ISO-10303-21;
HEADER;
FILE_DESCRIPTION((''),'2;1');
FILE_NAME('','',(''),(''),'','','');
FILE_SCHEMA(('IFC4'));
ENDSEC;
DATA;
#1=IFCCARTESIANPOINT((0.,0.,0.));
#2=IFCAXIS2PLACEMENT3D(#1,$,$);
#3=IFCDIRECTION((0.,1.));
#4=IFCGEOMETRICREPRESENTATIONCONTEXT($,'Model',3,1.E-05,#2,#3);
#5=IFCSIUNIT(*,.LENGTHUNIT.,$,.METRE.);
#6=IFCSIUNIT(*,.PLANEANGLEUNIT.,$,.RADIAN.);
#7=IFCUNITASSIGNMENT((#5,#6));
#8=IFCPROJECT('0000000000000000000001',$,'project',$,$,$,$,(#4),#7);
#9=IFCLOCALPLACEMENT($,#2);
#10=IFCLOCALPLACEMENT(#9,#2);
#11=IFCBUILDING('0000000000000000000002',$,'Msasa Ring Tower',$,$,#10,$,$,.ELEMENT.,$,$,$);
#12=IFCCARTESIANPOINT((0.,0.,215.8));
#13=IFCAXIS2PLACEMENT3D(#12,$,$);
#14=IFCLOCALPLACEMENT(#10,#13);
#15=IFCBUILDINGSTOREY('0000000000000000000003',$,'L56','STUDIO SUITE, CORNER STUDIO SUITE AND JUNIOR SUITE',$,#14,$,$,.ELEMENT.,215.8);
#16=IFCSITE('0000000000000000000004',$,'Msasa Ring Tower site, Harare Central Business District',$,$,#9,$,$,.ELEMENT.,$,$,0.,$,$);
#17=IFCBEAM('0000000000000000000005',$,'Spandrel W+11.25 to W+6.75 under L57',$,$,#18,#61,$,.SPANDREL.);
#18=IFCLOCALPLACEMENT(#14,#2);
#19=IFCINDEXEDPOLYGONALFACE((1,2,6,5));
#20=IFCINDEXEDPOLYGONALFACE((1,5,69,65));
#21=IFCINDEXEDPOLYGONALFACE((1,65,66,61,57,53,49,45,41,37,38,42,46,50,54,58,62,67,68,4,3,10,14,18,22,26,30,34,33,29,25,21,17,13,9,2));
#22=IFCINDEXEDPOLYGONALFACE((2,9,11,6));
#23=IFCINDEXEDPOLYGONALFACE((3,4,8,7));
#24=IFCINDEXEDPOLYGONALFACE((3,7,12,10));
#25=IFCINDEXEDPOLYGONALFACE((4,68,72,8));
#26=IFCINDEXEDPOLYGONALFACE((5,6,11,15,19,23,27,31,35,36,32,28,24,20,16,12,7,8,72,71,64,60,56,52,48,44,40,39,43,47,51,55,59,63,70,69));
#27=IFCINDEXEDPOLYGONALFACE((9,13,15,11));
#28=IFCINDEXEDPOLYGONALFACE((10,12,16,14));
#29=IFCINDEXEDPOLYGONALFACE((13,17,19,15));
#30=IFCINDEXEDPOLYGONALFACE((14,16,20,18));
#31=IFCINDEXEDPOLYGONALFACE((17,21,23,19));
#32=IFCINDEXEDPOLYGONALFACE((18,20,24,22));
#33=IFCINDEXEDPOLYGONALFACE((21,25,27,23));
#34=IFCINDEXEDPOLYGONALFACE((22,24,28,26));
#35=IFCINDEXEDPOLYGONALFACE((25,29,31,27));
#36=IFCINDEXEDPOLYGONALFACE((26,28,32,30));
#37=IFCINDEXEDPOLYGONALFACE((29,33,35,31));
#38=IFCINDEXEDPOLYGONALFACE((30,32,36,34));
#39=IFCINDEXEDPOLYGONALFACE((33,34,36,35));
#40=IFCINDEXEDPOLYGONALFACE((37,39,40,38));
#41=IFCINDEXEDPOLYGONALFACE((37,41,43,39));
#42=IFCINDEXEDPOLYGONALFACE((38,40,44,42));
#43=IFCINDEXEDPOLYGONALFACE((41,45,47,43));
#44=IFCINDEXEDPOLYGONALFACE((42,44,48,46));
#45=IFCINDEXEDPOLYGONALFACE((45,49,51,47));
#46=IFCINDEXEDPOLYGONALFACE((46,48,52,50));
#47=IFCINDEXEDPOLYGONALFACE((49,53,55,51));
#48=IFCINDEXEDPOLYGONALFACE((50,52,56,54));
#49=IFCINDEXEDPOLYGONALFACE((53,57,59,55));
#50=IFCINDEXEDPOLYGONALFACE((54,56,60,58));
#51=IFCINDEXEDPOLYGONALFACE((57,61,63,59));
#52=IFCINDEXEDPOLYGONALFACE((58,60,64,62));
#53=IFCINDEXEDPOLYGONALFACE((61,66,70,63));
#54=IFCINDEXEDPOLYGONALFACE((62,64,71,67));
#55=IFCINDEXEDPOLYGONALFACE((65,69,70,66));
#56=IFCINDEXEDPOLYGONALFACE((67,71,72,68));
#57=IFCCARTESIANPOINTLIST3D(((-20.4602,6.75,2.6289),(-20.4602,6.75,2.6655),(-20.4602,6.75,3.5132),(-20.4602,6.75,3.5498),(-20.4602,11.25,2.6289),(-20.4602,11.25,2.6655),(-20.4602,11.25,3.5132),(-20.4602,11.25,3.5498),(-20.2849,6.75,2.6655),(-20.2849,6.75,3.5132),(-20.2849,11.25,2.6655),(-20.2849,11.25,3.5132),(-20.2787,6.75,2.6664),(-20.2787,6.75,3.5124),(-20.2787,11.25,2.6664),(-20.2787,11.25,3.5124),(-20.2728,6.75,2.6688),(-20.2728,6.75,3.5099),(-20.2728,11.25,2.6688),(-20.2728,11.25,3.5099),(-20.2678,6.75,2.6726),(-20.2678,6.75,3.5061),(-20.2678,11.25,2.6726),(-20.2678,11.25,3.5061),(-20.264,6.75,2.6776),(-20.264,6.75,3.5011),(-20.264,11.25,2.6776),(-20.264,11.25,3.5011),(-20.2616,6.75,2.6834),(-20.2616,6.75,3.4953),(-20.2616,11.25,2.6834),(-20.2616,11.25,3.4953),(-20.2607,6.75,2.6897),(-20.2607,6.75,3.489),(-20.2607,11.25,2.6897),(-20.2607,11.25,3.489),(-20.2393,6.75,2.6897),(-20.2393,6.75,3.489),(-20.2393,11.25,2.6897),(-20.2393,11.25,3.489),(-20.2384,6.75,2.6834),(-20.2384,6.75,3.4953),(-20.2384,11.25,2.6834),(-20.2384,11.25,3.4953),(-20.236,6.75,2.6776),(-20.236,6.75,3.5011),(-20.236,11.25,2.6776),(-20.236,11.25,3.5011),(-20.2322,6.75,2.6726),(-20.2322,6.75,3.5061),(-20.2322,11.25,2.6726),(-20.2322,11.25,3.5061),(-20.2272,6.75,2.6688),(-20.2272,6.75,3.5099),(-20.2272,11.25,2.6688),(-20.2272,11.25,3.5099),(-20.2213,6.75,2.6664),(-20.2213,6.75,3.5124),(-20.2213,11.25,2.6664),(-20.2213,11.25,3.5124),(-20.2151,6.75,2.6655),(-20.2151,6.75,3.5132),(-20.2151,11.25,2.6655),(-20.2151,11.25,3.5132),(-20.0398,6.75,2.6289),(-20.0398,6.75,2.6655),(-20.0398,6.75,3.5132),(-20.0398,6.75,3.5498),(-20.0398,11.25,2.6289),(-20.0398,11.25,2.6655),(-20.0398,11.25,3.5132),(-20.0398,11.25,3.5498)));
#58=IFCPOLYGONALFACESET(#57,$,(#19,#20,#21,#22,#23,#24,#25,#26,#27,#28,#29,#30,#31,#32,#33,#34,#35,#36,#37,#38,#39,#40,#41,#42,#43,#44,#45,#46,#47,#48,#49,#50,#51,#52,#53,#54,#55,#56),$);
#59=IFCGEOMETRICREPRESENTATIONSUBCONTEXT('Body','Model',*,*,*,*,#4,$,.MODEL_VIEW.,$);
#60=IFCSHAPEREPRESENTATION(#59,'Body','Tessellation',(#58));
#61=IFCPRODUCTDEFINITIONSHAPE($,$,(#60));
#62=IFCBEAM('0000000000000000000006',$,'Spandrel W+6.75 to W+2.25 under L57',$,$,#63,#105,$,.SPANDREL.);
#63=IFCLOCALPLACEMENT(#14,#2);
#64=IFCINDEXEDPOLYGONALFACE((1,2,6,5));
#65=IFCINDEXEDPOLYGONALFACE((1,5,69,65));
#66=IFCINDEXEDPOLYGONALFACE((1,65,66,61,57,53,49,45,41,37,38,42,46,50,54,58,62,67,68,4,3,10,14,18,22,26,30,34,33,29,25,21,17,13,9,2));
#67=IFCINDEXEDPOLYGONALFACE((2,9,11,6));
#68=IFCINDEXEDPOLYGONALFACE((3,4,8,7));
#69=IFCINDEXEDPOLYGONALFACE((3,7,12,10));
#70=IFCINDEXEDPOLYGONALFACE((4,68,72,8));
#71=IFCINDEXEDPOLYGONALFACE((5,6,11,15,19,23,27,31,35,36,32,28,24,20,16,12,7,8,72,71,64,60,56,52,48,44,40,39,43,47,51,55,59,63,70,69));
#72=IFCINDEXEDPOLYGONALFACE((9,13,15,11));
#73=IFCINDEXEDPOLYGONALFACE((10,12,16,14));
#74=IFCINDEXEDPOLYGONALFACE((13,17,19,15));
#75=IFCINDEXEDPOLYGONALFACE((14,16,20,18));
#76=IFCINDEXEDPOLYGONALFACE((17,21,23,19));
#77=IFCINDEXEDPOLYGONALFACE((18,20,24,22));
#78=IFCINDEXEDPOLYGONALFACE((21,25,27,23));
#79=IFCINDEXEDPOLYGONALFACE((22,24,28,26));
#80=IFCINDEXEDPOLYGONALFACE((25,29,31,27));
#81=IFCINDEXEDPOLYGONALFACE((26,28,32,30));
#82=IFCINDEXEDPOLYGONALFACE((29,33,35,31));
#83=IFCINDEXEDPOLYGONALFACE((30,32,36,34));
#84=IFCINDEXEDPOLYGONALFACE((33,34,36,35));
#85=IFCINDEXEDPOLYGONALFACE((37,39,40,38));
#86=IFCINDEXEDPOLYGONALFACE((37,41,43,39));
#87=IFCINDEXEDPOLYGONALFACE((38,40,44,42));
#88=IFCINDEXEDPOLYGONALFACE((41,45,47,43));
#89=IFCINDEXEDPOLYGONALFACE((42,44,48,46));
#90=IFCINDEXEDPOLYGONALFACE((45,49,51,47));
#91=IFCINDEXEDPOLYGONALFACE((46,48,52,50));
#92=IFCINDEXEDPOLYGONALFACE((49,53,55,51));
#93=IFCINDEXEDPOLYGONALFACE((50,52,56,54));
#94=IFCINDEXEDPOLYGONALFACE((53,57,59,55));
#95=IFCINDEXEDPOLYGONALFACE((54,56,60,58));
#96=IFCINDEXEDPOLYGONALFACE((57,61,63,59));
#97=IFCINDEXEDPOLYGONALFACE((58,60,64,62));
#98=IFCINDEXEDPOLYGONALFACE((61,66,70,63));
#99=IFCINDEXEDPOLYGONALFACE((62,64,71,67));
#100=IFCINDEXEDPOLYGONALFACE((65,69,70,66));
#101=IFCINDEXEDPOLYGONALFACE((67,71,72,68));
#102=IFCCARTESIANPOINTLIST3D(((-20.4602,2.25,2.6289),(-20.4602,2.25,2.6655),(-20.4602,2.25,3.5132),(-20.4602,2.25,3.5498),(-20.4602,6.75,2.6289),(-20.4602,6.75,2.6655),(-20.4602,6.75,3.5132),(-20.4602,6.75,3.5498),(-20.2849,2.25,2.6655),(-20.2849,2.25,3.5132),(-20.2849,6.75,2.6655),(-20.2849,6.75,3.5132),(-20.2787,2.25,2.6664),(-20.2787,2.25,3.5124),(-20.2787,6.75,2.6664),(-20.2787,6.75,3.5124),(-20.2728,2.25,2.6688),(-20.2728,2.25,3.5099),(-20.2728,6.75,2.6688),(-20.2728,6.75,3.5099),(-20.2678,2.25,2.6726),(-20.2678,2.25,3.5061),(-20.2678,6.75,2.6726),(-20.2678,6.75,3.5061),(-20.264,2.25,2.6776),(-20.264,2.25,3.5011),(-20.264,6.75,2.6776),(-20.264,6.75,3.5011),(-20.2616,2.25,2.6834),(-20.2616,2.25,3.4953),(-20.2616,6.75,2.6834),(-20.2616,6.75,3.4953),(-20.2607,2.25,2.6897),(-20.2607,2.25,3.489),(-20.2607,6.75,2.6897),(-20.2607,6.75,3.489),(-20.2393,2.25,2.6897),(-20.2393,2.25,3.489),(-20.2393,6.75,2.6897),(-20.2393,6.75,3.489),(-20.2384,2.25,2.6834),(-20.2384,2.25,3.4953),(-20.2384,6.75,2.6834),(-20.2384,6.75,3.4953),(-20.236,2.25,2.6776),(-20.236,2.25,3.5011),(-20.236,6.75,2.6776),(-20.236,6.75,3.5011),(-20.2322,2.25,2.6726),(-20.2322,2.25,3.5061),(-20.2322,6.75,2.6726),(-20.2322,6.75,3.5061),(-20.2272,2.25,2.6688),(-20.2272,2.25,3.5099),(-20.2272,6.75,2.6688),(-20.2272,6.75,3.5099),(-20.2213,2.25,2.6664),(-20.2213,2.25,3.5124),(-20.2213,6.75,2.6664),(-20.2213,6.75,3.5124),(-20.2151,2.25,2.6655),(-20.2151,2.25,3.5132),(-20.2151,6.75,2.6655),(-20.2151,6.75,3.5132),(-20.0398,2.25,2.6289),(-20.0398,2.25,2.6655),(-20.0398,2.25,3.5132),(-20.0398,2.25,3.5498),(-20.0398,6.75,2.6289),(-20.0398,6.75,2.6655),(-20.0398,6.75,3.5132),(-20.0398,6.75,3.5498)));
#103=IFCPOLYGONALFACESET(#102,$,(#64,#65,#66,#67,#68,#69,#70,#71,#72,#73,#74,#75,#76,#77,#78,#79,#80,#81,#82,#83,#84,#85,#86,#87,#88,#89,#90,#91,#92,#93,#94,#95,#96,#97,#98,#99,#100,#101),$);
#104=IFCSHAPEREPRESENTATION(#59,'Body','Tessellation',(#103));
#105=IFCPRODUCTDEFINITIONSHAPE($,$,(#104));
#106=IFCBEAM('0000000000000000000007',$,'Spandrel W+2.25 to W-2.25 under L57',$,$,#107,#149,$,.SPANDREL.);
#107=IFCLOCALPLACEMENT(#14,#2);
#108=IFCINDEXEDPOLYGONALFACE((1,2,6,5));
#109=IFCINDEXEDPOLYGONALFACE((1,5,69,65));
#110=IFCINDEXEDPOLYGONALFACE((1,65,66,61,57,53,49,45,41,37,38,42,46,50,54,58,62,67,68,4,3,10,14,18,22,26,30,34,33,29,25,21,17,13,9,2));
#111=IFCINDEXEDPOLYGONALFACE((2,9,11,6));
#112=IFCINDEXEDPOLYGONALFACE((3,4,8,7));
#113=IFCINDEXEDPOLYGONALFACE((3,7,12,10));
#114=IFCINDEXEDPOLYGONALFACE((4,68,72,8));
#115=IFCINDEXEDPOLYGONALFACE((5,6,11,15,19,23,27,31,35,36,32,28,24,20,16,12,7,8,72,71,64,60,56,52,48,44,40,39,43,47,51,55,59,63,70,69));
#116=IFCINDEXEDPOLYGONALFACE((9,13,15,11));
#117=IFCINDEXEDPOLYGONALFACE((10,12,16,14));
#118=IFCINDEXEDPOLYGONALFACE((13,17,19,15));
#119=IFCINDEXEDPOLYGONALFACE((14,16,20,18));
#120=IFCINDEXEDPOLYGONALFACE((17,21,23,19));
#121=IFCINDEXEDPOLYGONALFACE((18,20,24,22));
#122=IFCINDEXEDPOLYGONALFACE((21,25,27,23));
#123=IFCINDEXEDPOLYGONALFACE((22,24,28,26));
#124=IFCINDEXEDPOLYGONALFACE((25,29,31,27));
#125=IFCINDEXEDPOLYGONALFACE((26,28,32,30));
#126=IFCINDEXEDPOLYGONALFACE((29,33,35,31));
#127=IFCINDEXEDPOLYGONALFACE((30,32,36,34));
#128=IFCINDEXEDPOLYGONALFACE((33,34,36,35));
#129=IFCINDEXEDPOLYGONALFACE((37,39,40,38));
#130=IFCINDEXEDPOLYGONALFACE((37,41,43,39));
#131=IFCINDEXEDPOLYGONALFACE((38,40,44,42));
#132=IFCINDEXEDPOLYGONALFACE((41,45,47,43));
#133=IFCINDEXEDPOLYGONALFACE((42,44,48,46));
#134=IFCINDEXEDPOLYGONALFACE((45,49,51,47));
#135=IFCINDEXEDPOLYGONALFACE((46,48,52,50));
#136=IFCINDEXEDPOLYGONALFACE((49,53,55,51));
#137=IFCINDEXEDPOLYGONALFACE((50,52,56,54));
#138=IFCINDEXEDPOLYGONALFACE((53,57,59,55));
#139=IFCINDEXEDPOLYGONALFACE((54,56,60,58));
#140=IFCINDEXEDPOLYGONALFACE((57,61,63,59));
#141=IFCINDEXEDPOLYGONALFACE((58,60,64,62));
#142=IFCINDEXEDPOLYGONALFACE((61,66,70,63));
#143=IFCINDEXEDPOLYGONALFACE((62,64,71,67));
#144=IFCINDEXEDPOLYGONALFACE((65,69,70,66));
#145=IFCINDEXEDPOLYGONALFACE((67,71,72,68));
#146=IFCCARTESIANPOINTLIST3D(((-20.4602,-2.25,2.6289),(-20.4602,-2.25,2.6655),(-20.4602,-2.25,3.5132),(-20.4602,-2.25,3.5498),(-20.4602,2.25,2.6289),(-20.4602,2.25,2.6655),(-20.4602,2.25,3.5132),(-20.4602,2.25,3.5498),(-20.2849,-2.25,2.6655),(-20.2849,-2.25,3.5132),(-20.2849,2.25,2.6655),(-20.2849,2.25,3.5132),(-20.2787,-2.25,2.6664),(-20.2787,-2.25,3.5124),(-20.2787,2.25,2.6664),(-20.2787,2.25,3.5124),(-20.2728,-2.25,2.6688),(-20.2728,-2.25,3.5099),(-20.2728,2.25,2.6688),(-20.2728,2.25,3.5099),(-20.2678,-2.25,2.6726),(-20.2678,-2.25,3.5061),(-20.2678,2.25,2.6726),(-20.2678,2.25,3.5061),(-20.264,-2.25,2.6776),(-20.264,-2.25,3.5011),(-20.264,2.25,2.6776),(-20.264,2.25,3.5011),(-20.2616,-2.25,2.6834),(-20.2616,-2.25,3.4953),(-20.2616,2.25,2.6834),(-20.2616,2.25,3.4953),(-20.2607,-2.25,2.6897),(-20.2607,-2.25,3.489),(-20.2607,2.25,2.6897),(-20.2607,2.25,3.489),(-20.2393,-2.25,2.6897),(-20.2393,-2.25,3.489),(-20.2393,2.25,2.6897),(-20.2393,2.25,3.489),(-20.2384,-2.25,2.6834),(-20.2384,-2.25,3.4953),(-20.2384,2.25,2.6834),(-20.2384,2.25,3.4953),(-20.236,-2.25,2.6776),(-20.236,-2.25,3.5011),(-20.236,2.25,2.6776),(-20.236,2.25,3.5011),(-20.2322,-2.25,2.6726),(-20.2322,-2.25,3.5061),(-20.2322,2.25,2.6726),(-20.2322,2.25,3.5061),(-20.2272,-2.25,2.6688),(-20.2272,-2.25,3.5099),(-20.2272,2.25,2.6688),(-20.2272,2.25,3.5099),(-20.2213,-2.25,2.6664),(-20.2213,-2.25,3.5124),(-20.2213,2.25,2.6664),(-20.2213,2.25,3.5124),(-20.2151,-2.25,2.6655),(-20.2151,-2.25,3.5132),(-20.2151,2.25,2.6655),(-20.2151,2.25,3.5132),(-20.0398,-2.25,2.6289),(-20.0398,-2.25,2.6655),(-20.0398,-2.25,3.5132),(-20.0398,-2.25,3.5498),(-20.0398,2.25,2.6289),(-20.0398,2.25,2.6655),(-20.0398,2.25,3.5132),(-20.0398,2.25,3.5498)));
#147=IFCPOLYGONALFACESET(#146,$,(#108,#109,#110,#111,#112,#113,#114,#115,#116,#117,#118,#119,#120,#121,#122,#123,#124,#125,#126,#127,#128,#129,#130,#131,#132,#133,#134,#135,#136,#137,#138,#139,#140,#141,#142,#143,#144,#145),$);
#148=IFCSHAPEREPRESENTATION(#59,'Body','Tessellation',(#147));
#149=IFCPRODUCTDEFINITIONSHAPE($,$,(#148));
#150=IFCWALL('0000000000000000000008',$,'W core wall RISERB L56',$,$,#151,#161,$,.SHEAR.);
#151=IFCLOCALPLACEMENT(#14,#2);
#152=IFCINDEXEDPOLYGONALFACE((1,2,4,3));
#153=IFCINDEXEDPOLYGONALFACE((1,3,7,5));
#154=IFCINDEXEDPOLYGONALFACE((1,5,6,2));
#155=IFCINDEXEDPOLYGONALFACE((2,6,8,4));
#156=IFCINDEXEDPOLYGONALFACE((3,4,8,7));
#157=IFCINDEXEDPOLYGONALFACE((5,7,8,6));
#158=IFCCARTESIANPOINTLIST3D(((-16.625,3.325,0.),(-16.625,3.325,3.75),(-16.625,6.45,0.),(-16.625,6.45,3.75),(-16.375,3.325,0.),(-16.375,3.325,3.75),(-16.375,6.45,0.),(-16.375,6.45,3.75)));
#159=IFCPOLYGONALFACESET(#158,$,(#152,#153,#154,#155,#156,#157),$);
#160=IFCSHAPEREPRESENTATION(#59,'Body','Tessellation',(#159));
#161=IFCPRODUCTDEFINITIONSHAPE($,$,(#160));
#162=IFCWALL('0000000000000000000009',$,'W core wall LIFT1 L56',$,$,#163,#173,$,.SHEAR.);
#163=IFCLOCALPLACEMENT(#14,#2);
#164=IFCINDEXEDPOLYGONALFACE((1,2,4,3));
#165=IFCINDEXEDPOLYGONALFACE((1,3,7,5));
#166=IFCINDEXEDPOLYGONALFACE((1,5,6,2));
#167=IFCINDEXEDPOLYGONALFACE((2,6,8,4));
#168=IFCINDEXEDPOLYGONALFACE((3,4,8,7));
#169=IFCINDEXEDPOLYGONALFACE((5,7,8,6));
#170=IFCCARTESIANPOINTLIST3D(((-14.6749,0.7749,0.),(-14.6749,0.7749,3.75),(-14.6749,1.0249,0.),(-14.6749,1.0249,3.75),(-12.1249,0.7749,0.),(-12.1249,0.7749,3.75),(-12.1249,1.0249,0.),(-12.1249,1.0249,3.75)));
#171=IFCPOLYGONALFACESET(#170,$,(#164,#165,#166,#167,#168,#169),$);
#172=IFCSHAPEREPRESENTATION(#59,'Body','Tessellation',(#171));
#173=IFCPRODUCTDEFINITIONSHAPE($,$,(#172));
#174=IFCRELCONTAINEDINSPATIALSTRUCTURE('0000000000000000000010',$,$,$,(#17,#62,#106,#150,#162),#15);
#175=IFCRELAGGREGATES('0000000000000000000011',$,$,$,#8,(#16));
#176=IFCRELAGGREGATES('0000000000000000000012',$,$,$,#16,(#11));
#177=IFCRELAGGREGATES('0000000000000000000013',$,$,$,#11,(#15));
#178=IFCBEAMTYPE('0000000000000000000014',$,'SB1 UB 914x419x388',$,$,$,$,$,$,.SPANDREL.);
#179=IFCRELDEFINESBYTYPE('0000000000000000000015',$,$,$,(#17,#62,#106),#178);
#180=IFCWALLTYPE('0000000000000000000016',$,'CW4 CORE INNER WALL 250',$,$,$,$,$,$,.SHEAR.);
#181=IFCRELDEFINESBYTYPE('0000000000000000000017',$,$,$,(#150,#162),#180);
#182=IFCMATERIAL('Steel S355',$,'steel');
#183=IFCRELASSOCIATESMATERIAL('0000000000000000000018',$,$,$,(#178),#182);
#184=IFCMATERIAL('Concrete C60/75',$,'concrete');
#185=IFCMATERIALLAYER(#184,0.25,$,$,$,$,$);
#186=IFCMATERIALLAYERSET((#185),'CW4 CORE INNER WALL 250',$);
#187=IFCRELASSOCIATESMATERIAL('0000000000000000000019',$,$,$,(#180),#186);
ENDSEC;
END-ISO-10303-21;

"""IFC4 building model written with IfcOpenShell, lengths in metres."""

from ifc_helpers import new_model, si_unit, direction, frame, frame_2d, origin, origin_2d, place, context, subcontext, project, spatial, rectangle, i_section, extrude, material, layer, layer_set, material_profile, profile_set, type_object, element, save


model = new_model("IFC4")

# Units and contexts
model_context = context("Model", 3, precision=1e-05, world=origin(), true_north=direction((0.0, 1.0)))
body_context = subcontext(model_context, "Body", "Model", "MODEL_VIEW")
ifc_project = project(units=[si_unit("LENGTHUNIT", "METRE"), si_unit("PLANEANGLEUNIT", "RADIAN")], contexts=[model_context])

# Site, building, storey
site_placement = place(None, origin())
site = spatial("IfcSite", under=ifc_project, at=site_placement, Name="Msasa Ring Tower site, Harare Central Business District", CompositionType="ELEMENT", RefElevation=0.0)
building_placement = place(site_placement, origin())
building = spatial("IfcBuilding", under=site, at=building_placement, Name="Msasa Ring Tower", CompositionType="ELEMENT")
storey_placement = place(building_placement, frame((0.0, 0.0, 215.8)))
storey = spatial("IfcBuildingStorey", under=building, at=storey_placement, Name="L56", Description="STUDIO SUITE, CORNER STUDIO SUITE AND JUNIOR SUITE", CompositionType="ELEMENT", Elevation=215.8)

# Beams
ifc_material_1 = material(Name="Steel S355", Category="steel")
ifc_material_profile_1 = material_profile(ifc_material_1, i_section(OverallWidth=0.4204, OverallDepth=0.9209, WebThickness=0.0215, FlangeThickness=0.0366, FilletRadius=0.0242, at=origin_2d()), Name="UB 914x419x388")
ifc_profile_set_1 = profile_set([ifc_material_profile_1], Name="Steel S355")
beam_type_1 = type_object("IfcBeamType", Name="SB1 UB 914x419x388", PredefinedType="SPANDREL", material=ifc_profile_set_1)
for number, where, z_axis, x_axis, name in (
    (1, (-20.25, 11.25, 3.0894), (0.0, -1.0, 0.0), (1.0, 0.0, 0.0), "Spandrel W+11.25 to W+6.75 under L57"),
    (2, (-20.25, 6.75, 3.0894), (0.0, -1.0, 0.0), (1.0, 0.0, 0.0), "Spandrel W+6.75 to W+2.25 under L57"),
    (3, (-20.25, 2.25, 3.0894), (0.0, -1.0, 0.0), (1.0, 0.0, 0.0), "Spandrel W+2.25 to W-2.25 under L57"),
):
    element("IfcBeam", number, at=place(storey_placement, frame(where, z_axis=z_axis, x_axis=x_axis)), inside=storey, type_object=beam_type_1, Name=name, PredefinedType="SPANDREL", context=body_context, shape_type="SweptSolid", body=[
        extrude(i_section(OverallWidth=0.4204, OverallDepth=0.9209, WebThickness=0.0215, FlangeThickness=0.0366, FilletRadius=0.0242, at=origin_2d()), origin(), (0.0, 0.0, 1.0), 4.5),
    ])

# Walls
ifc_material_2 = material(Name="Concrete C60/75", Category="concrete")
ifc_layer_1 = layer(ifc_material_2, 0.25)
ifc_layer_set_1 = layer_set([ifc_layer_1], Name="CW4 CORE INNER WALL 250")
wall_type_1 = type_object("IfcWallType", Name="CW4 CORE INNER WALL 250", PredefinedType="SHEAR", material=ifc_layer_set_1)
wall_1_placement = place(storey_placement, frame((-16.5, 3.325, 0.0), z_axis=(0.0, 0.0, 1.0), x_axis=(0.0, 1.0, 0.0)))
element("IfcWall", 4, at=wall_1_placement, inside=storey, type_object=wall_type_1, Name="W core wall RISERB L56", PredefinedType="SHEAR", context=body_context, shape_type="SweptSolid", body=[
    extrude(rectangle(XDim=3.125, YDim=0.25, at=frame_2d((1.5625, 0.0))), origin(), (0.0, 0.0, 1.0), 3.75),
])
wall_2_placement = place(storey_placement, frame((-12.125, 0.8999, 0.0), z_axis=(0.0, 0.0, 1.0), x_axis=(-1.0, 0.0, 0.0)))
element("IfcWall", 5, at=wall_2_placement, inside=storey, type_object=wall_type_1, Name="W core wall LIFT1 L56", PredefinedType="SHEAR", context=body_context, shape_type="SweptSolid", body=[
    extrude(rectangle(XDim=2.55, YDim=0.25, at=frame_2d((1.2749, 0.0))), origin(), (0.0, 0.0, 1.0), 3.75),
])

save(model, "model.ifc")
